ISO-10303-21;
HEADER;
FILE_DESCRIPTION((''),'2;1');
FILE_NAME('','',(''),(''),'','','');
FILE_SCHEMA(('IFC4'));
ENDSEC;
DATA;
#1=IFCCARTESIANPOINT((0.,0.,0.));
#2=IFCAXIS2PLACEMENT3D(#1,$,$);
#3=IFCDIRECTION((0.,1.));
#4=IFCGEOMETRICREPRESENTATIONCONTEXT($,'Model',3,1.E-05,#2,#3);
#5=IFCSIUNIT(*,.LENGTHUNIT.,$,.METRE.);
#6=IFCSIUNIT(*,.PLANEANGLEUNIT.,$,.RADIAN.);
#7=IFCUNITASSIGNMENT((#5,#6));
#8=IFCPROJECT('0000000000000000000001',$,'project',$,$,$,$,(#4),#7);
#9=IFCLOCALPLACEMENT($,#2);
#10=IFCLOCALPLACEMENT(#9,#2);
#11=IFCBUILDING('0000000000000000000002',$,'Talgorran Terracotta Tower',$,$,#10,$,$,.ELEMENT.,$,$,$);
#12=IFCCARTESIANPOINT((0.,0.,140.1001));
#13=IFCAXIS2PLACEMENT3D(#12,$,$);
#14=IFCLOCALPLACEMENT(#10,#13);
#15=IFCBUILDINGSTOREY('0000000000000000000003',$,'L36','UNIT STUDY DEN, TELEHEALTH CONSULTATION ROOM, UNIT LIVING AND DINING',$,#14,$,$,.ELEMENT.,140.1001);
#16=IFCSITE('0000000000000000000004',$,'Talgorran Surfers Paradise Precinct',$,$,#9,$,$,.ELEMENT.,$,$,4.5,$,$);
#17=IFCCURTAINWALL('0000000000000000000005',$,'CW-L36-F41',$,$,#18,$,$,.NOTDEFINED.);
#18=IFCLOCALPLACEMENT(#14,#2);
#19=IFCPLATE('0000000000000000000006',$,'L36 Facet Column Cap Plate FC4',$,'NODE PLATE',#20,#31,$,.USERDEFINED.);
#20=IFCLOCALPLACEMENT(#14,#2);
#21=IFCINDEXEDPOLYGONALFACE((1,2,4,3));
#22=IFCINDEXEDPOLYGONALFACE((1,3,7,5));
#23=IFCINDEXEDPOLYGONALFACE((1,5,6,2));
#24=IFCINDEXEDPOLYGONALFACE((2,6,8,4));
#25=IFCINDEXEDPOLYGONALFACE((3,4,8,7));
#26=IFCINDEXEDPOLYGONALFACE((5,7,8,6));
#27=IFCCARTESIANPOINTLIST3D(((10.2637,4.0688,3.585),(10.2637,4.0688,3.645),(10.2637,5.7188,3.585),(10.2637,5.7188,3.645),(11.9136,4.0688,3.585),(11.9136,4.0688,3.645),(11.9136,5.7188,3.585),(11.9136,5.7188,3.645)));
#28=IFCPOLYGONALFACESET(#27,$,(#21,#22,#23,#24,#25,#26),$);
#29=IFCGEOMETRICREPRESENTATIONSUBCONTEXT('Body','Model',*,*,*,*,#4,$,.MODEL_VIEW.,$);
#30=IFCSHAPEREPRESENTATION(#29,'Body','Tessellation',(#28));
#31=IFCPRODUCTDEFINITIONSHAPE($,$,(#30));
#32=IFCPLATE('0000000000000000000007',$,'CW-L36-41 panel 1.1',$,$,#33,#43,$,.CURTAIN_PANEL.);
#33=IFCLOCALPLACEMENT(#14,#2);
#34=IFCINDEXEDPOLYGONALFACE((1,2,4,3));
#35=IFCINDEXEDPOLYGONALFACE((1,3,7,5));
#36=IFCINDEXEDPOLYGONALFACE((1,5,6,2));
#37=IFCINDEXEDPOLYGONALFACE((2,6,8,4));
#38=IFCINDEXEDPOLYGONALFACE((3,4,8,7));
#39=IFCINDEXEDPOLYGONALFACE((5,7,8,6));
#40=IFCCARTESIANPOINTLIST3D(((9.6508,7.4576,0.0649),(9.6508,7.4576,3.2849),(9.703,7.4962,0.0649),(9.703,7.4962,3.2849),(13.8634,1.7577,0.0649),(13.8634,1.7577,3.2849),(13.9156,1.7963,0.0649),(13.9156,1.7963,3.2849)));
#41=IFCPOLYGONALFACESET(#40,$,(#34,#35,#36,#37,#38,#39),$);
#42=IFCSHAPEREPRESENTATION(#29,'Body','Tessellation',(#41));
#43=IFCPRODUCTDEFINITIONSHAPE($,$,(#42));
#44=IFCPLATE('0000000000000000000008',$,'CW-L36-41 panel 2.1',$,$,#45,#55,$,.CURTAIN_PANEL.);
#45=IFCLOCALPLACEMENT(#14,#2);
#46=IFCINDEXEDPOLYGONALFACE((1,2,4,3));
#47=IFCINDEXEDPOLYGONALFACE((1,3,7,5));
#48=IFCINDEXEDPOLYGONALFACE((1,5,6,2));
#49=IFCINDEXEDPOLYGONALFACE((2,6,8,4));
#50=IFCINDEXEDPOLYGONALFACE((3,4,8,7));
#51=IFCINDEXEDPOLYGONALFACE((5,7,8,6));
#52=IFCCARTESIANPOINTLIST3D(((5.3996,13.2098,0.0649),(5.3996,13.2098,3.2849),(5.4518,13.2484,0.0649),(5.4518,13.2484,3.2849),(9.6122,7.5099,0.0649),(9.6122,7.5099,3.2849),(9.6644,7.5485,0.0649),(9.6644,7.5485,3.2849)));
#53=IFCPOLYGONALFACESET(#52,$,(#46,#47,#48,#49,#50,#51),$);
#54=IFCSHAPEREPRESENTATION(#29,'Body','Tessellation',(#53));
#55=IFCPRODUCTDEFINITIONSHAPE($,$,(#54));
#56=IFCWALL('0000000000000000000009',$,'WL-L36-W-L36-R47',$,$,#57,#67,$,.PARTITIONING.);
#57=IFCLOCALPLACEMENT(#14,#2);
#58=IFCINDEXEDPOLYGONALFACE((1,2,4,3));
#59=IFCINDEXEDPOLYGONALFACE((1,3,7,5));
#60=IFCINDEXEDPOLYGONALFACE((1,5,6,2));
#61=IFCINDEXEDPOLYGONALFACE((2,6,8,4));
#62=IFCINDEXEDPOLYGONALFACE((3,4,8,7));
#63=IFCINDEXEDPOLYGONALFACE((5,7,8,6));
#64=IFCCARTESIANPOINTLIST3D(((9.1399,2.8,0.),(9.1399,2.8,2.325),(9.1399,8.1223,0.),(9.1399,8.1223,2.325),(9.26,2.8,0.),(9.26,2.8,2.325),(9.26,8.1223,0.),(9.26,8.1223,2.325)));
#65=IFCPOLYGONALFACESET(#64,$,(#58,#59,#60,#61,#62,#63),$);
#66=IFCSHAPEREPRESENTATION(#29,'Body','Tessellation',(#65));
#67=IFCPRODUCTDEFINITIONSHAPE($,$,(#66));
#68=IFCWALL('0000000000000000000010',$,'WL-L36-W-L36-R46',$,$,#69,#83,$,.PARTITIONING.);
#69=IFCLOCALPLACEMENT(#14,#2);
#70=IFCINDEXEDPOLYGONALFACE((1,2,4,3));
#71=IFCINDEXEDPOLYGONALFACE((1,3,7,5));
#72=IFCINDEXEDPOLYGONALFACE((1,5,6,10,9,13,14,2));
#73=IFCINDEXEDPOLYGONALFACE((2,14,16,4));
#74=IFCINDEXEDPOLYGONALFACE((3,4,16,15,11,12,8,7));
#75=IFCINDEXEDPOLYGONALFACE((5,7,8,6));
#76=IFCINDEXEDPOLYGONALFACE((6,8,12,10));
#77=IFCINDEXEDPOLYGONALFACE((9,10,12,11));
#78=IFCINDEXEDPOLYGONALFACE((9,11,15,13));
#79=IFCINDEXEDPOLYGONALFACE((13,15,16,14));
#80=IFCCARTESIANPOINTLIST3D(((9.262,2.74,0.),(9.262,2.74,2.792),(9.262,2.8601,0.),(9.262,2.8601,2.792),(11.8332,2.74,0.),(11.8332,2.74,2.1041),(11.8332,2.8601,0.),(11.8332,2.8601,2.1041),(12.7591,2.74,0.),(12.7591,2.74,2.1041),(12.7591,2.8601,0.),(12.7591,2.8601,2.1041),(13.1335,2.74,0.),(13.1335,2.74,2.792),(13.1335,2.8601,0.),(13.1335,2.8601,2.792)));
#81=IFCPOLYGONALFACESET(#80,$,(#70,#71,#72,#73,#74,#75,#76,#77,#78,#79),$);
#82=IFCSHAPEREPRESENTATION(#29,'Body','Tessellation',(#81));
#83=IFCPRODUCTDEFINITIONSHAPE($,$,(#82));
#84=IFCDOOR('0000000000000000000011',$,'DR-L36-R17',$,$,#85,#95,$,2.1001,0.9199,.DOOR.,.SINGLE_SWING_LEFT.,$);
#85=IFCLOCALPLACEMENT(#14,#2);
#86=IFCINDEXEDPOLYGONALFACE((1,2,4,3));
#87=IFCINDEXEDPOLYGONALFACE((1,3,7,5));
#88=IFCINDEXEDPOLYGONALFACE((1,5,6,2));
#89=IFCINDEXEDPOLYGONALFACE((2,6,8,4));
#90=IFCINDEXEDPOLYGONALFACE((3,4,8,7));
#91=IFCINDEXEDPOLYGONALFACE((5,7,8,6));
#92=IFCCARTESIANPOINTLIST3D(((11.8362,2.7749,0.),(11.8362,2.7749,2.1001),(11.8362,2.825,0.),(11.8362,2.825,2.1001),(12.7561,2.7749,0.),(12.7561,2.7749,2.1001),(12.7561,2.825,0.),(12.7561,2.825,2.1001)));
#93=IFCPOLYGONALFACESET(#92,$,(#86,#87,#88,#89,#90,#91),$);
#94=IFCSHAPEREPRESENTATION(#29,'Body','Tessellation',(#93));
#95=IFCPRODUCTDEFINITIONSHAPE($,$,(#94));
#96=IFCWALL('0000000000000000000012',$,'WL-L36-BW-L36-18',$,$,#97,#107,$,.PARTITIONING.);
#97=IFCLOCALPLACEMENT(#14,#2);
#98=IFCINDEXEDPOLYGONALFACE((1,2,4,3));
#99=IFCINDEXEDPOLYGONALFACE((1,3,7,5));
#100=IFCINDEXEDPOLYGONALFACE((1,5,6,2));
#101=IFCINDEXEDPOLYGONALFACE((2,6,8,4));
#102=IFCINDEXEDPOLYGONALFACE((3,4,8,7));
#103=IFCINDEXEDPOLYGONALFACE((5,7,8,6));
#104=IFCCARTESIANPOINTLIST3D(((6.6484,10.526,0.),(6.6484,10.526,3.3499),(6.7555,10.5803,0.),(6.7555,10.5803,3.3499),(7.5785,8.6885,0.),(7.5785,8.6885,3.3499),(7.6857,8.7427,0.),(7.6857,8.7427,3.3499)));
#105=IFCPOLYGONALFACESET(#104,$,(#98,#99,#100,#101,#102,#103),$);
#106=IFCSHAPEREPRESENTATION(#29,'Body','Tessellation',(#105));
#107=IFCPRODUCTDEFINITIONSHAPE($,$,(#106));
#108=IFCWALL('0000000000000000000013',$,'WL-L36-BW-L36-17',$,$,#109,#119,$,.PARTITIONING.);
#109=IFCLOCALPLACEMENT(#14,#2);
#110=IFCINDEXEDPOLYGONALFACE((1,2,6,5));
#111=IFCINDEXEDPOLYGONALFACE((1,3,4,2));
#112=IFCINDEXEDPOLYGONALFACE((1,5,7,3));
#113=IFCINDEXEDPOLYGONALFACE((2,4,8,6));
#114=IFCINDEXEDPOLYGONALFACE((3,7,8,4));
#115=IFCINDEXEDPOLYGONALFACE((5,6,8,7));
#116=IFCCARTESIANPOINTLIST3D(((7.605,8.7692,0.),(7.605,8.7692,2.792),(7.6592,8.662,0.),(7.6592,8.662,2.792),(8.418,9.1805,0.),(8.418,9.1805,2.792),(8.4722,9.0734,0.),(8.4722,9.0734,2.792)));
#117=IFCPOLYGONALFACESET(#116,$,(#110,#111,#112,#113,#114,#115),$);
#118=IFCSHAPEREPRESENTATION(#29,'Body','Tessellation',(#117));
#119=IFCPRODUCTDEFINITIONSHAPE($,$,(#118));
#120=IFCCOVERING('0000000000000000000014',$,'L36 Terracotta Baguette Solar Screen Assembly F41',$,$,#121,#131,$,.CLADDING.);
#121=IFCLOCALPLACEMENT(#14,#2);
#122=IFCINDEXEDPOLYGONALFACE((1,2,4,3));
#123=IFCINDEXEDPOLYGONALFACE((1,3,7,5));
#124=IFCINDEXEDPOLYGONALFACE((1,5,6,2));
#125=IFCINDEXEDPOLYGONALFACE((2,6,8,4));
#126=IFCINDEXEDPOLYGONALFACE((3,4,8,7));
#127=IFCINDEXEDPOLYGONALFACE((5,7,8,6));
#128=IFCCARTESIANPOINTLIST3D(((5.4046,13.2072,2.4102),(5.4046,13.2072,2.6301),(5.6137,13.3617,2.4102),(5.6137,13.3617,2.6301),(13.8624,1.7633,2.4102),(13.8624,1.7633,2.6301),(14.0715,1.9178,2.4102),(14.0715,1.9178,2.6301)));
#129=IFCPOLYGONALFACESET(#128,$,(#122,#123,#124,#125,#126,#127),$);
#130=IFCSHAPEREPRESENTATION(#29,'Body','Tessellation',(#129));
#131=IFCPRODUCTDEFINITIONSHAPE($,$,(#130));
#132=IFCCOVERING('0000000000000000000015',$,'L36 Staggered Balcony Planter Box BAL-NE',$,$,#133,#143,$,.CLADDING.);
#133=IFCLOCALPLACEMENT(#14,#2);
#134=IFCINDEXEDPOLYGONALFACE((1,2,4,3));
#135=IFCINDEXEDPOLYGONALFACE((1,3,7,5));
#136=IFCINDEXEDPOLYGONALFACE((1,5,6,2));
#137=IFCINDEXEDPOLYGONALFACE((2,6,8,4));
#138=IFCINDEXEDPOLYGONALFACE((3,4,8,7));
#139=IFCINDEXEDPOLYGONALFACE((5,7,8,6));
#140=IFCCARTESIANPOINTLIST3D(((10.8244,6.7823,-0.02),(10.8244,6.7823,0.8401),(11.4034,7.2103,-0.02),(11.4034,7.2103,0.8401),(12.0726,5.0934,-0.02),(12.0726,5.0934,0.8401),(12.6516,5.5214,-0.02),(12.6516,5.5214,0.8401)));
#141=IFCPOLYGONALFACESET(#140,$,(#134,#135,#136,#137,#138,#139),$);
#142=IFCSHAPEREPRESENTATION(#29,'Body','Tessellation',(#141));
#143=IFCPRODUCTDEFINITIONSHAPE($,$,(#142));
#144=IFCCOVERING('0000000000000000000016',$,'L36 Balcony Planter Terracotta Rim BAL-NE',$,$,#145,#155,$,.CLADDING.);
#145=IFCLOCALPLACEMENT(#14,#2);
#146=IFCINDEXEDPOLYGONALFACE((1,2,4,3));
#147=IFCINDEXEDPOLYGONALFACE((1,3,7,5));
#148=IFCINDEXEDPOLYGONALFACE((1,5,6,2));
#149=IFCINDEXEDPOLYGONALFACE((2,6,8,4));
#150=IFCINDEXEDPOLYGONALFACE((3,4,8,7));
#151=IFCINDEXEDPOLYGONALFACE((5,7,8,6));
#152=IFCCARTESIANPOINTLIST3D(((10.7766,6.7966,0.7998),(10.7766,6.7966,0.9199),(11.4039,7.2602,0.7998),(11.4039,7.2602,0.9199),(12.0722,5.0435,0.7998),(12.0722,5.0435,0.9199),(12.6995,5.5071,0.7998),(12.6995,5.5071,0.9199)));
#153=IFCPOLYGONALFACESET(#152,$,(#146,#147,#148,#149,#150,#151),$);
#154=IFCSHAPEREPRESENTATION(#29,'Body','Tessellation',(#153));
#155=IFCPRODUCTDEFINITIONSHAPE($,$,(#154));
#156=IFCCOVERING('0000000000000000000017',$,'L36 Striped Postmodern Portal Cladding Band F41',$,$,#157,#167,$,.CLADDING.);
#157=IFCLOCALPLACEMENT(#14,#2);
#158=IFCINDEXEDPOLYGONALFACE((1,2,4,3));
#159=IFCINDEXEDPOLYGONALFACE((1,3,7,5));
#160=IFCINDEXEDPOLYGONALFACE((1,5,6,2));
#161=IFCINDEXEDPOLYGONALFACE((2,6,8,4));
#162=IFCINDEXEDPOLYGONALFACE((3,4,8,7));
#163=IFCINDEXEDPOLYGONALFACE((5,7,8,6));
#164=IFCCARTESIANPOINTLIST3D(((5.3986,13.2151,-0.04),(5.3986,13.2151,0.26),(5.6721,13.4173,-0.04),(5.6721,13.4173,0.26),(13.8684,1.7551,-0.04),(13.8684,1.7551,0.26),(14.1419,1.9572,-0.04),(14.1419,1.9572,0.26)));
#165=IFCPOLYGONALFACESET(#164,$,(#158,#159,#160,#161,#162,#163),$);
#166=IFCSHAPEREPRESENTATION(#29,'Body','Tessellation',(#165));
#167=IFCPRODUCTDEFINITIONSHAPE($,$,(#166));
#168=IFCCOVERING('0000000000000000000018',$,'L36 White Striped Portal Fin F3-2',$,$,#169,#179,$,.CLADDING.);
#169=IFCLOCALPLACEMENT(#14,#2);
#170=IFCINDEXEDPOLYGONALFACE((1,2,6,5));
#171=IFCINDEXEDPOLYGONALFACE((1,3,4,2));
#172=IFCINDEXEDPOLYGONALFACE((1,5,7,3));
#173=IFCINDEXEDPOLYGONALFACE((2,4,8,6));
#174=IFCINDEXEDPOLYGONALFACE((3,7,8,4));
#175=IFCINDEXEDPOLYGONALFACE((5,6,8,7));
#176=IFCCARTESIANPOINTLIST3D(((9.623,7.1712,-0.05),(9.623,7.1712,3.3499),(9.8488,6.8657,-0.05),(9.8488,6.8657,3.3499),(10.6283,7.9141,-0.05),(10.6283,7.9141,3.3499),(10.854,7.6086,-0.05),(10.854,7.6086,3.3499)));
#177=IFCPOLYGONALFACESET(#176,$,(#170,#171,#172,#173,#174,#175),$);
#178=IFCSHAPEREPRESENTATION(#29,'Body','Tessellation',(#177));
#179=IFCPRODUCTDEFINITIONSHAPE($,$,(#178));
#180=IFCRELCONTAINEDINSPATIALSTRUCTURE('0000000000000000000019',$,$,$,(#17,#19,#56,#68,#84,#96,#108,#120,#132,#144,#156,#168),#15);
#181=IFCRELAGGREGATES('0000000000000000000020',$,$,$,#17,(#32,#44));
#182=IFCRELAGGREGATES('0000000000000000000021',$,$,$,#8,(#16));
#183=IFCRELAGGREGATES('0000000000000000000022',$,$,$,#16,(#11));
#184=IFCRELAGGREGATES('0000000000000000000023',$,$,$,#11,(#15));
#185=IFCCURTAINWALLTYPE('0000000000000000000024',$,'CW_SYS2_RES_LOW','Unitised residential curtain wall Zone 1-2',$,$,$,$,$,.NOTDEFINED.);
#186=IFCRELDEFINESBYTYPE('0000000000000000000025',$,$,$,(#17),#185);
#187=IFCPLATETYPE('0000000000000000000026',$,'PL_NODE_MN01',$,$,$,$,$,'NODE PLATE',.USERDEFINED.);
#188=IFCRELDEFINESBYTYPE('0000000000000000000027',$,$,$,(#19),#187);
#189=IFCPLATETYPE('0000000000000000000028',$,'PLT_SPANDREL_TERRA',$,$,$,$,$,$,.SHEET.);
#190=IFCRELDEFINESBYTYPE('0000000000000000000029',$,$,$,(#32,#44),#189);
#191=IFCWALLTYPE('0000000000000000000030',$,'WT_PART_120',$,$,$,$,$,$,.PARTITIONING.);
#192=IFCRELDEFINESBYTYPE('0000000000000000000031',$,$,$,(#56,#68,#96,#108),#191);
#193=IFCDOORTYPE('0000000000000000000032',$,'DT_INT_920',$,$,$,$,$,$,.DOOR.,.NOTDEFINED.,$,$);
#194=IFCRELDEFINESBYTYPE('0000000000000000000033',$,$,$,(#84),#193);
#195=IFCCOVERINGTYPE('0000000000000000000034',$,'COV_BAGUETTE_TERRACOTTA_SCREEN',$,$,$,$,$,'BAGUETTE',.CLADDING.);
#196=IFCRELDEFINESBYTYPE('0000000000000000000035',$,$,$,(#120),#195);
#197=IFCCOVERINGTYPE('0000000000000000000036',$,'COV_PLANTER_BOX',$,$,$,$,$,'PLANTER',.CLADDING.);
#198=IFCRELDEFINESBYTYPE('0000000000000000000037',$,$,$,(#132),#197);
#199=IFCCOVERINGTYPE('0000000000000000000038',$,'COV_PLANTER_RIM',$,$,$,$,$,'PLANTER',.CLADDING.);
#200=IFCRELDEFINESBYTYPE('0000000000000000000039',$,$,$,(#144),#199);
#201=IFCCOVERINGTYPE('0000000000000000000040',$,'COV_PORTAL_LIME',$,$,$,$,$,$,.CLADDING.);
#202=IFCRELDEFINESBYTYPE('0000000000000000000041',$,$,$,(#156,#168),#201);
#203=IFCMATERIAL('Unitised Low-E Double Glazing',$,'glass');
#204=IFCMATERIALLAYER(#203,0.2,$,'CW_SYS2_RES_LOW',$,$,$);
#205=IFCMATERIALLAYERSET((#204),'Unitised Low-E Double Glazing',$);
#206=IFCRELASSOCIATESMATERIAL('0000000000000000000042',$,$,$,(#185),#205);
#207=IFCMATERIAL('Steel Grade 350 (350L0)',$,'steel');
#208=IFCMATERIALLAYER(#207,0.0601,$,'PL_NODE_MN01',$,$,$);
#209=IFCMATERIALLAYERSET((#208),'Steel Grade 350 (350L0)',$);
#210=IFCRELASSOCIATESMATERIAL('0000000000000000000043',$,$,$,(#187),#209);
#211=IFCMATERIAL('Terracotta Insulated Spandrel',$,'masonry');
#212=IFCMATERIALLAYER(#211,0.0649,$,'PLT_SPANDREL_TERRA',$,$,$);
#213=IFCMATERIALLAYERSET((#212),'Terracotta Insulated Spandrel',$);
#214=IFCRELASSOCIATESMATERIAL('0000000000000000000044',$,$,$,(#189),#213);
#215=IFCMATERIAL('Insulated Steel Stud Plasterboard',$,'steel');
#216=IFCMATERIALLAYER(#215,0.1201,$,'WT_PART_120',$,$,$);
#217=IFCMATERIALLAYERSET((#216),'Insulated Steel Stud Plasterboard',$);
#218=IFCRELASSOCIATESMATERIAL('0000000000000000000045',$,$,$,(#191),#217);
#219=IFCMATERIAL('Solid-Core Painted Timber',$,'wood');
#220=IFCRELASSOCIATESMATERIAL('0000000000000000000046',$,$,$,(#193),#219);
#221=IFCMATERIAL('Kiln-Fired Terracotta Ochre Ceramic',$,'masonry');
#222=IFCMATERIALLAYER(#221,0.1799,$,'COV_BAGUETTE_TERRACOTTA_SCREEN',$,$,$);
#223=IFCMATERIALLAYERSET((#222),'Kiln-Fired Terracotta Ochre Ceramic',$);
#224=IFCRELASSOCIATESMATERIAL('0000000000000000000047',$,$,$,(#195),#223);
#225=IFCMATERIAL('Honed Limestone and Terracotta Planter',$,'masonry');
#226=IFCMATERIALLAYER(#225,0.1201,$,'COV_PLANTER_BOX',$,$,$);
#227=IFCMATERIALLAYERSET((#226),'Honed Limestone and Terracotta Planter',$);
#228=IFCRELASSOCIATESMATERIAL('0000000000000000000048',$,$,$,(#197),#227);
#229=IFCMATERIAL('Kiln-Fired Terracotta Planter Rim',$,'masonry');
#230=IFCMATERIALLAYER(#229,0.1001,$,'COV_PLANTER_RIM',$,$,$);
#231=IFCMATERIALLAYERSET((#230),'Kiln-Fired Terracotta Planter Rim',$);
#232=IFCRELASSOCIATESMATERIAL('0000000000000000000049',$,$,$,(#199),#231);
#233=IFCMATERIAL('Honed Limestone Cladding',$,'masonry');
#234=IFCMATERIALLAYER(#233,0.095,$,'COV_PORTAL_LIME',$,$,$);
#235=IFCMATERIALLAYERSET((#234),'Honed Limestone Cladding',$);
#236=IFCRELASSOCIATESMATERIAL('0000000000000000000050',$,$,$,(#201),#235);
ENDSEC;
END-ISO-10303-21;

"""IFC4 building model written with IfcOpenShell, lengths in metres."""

from ifc_helpers import new_model, si_unit, direction, frame, frame_2d, origin, origin_2d, place, context, subcontext, project, spatial, rectangle, extrude, source, transform, mapped, material, layer, layer_set, type_object, type_shapes, element, fill, aggregate, save


model = new_model("IFC4")

# Units and contexts
model_context = context("Model", 3, precision=1e-05, world=origin(), true_north=direction((0.0, 1.0)))
body_context = subcontext(model_context, "Body", "Model", "MODEL_VIEW")
ifc_project = project(units=[si_unit("LENGTHUNIT", "METRE"), si_unit("PLANEANGLEUNIT", "RADIAN")], contexts=[model_context])

# Site, building, storey
site_placement = place(None, origin())
site = spatial("IfcSite", under=ifc_project, at=site_placement, Name="Talgorran Surfers Paradise Precinct", CompositionType="ELEMENT", RefElevation=4.5)
building_placement = place(site_placement, origin())
building = spatial("IfcBuilding", under=site, at=building_placement, Name="Talgorran Terracotta Tower", CompositionType="ELEMENT")
storey_placement = place(building_placement, frame((0.0, 0.0, 140.1001)))
storey = spatial("IfcBuildingStorey", under=building, at=storey_placement, Name="L36", Description="UNIT STUDY DEN, TELEHEALTH CONSULTATION ROOM, UNIT LIVING AND DINING", CompositionType="ELEMENT", Elevation=140.1001)

# Shared definitions
ifc_material_1 = material(Name="Steel Grade 350 (350L0)", Category="steel")

# Curtain wall
ifc_material_2 = material(Name="Unitised Low-E Double Glazing", Category="glass")
ifc_layer_1 = layer(ifc_material_2, 0.2, Name="CW_SYS2_RES_LOW")
ifc_layer_set_1 = layer_set([ifc_layer_1], Name="Unitised Low-E Double Glazing")
curtain_wall_type = type_object("IfcCurtainWallType", Name="CW_SYS2_RES_LOW", Description="Unitised residential curtain wall Zone 1-2", PredefinedType="NOTDEFINED", material=ifc_layer_set_1)
curtain_wall_placement = place(storey_placement, origin())
curtain_wall = element("IfcCurtainWall", 1, at=curtain_wall_placement, inside=storey, type_object=curtain_wall_type, Name="CW-L36-F41", PredefinedType="NOTDEFINED")

# Plate
ifc_layer_2 = layer(ifc_material_1, 0.0601, Name="PL_NODE_MN01")
ifc_layer_set_2 = layer_set([ifc_layer_2], Name="Steel Grade 350 (350L0)")
plate_type_1 = type_object("IfcPlateType", Name="PL_NODE_MN01", ElementType="NODE PLATE", PredefinedType="USERDEFINED", material=ifc_layer_set_2)
plate_1_placement = place(storey_placement, frame((11.0886, 4.8938, 3.585), z_axis=(0.0, 0.0, 1.0), x_axis=(1.0, 0.0, 0.0)))
element("IfcPlate", 2, at=plate_1_placement, inside=storey, type_object=plate_type_1, Name="L36 Facet Column Cap Plate FC4", ObjectType="NODE PLATE", PredefinedType="USERDEFINED", context=body_context, shape_type="SweptSolid", body=[
    extrude(rectangle(XDim=1.6499, YDim=1.6499, at=origin_2d()), origin(), (0.0, 0.0, 1.0), 0.0601),
])

# Plates
ifc_material_3 = material(Name="Terracotta Insulated Spandrel", Category="masonry")
ifc_layer_3 = layer(ifc_material_3, 0.0649, Name="PLT_SPANDREL_TERRA")
ifc_layer_set_3 = layer_set([ifc_layer_3], Name="Terracotta Insulated Spandrel")
plate_type_2 = type_object("IfcPlateType", Name="PLT_SPANDREL_TERRA", PredefinedType="SHEET", material=ifc_layer_set_3)
shared_shape = source(origin(), body_context, "Body", "SweptSolid", [
    extrude(rectangle(XDim=7.0876, YDim=0.0649, at=origin_2d()), origin(), (0.0, 0.0, 1.0), 3.22),
])
type_shapes(plate_type_2, [shared_shape])
plate_2_placement = place(storey_placement, frame((11.7832, 4.627, 0.0649), z_axis=(0.0, 0.0, 1.0), x_axis=(-0.594357, 0.804201, 0.0)))
plate_2 = element("IfcPlate", 3, at=plate_2_placement, type_object=plate_type_2, Name="CW-L36-41 panel 1.1", PredefinedType="CURTAIN_PANEL", context=body_context, shape_type="MappedRepresentation", body=[
    mapped(shared_shape, transform((0.0, 0.0, 0.0), scale=1.0)),
])
plate_3_placement = place(storey_placement, frame((7.532, 10.3792, 0.0649), z_axis=(0.0, 0.0, 1.0), x_axis=(-0.594357, 0.804201, 0.0)))
plate_3 = element("IfcPlate", 4, at=plate_3_placement, type_object=plate_type_2, Name="CW-L36-41 panel 2.1", PredefinedType="CURTAIN_PANEL", context=body_context, shape_type="MappedRepresentation", body=[
    mapped(shared_shape, transform((0.0, 0.0, 0.0), scale=1.0)),
])
aggregate(curtain_wall, [plate_2, plate_3])

# Wall
ifc_material_4 = material(Name="Insulated Steel Stud Plasterboard", Category="steel")
ifc_layer_4 = layer(ifc_material_4, 0.1201, Name="WT_PART_120")
ifc_layer_set_4 = layer_set([ifc_layer_4], Name="Insulated Steel Stud Plasterboard")
wall_type = type_object("IfcWallType", Name="WT_PART_120", PredefinedType="PARTITIONING", material=ifc_layer_set_4)
wall_1_placement = place(storey_placement, frame((9.2, 2.8, 0.0), z_axis=(0.0, 0.0, 1.0), x_axis=(0.0, 1.0, 0.0)))
element("IfcWall", 5, at=wall_1_placement, inside=storey, type_object=wall_type, Name="WL-L36-W-L36-R47", PredefinedType="PARTITIONING", context=body_context, shape_type="SweptSolid", body=[
    extrude(rectangle(XDim=5.3223, YDim=0.1201, at=frame_2d((2.6611, 0.0))), origin(), (0.0, 0.0, 1.0), 2.325),
])

# Wall, opening, door
wall_2_placement = place(storey_placement, frame((9.262, 2.8, 0.0), z_axis=(0.0, 0.0, 1.0), x_axis=(1.0, 0.0, 0.0)))
wall_2 = element("IfcWall", 6, at=wall_2_placement, inside=storey, type_object=wall_type, Name="WL-L36-W-L36-R46", PredefinedType="PARTITIONING", context=body_context, shape_type="SweptSolid", body=[
    extrude(rectangle(XDim=3.8716, YDim=0.1201, at=frame_2d((1.9358, 0.0))), origin(), (0.0, 0.0, 1.0), 2.792),
])
opening_placement = place(wall_2_placement, frame((2.5742, 0.0, 0.0)))
opening = element("IfcOpeningElement", 7, at=opening_placement, cuts=wall_2, PredefinedType="OPENING", context=body_context, shape_type="SweptSolid", body=[
    extrude(rectangle(XDim=0.9259, YDim=2.1041, at=frame_2d((0.46, 1.052))), frame((0.0, 0.0701, 0.0), z_axis=(0.0, -1.0, 0.0), x_axis=(1.0, 0.0, 0.0)), (0.0, 0.0, 1.0), 0.1401),
])
ifc_material_5 = material(Name="Solid-Core Painted Timber", Category="wood")
door_type = type_object("IfcDoorType", Name="DT_INT_920", OperationType="NOTDEFINED", PredefinedType="DOOR", material=ifc_material_5)
door_placement = place(opening_placement, origin())
door = element("IfcDoor", 8, at=door_placement, inside=storey, type_object=door_type, Name="DR-L36-R17", OperationType="SINGLE_SWING_LEFT", OverallHeight=2.1001, OverallWidth=0.9199, PredefinedType="DOOR", context=body_context, shape_type="SweptSolid", body=[
    extrude(rectangle(XDim=0.9199, YDim=2.1001, at=frame_2d((0.46, 1.05))), frame((0.0, 0.0249, 0.0), z_axis=(0.0, -1.0, 0.0), x_axis=(1.0, 0.0, 0.0)), (0.0, 0.0, 1.0), 0.05),
])
fill(opening, door)

# Walls
wall_3_placement = place(storey_placement, frame((7.6321, 8.7156, 0.0), z_axis=(0.0, 0.0, 1.0), x_axis=(-0.451618, 0.892212, 0.0)))
element("IfcWall", 9, at=wall_3_placement, inside=storey, type_object=wall_type, Name="WL-L36-BW-L36-18", PredefinedType="PARTITIONING", context=body_context, shape_type="SweptSolid", body=[
    extrude(rectangle(XDim=2.0596, YDim=0.1201, at=frame_2d((1.0298, 0.0))), origin(), (0.0, 0.0, 1.0), 3.3499),
])
wall_4_placement = place(storey_placement, frame((8.4451, 9.127, 0.0), z_axis=(0.0, 0.0, 1.0), x_axis=(-0.892273, -0.451496, 0.0)))
element("IfcWall", 10, at=wall_4_placement, inside=storey, type_object=wall_type, Name="WL-L36-BW-L36-17", PredefinedType="PARTITIONING", context=body_context, shape_type="SweptSolid", body=[
    extrude(rectangle(XDim=0.9111, YDim=0.1201, at=frame_2d((0.4556, 0.0))), origin(), (0.0, 0.0, 1.0), 2.792),
])

# Coverings
ifc_material_6 = material(Name="Kiln-Fired Terracotta Ochre Ceramic", Category="masonry")
ifc_layer_5 = layer(ifc_material_6, 0.1799, Name="COV_BAGUETTE_TERRACOTTA_SCREEN")
ifc_layer_set_5 = layer_set([ifc_layer_5], Name="Kiln-Fired Terracotta Ochre Ceramic")
covering_type_1 = type_object("IfcCoveringType", Name="COV_BAGUETTE_TERRACOTTA_SCREEN", ElementType="BAGUETTE", PredefinedType="CLADDING", material=ifc_layer_set_5)
covering_1_placement = place(storey_placement, frame((9.738, 7.5625, 2.4102), z_axis=(0.0, 0.0, 1.0), x_axis=(-0.59436, 0.804199, 0.0)))
element("IfcCovering", 11, at=covering_1_placement, inside=storey, type_object=covering_type_1, Name="L36 Terracotta Baguette Solar Screen Assembly F41", PredefinedType="CLADDING", context=body_context, shape_type="SweptSolid", body=[
    extrude(rectangle(XDim=14.2302, YDim=0.26, at=origin_2d()), origin(), (0.0, 0.0, 1.0), 0.22),
])
ifc_material_7 = material(Name="Honed Limestone and Terracotta Planter", Category="masonry")
ifc_layer_6 = layer(ifc_material_7, 0.1201, Name="COV_PLANTER_BOX")
ifc_layer_set_6 = layer_set([ifc_layer_6], Name="Honed Limestone and Terracotta Planter")
covering_type_2 = type_object("IfcCoveringType", Name="COV_PLANTER_BOX", ElementType="PLANTER", PredefinedType="CLADDING", material=ifc_layer_set_6)
covering_2_placement = place(storey_placement, frame((11.738, 6.1519, -0.02), z_axis=(0.0, 0.0, 1.0), x_axis=(-0.59436, 0.804199, 0.0)))
element("IfcCovering", 12, at=covering_2_placement, inside=storey, type_object=covering_type_2, Name="L36 Staggered Balcony Planter Box BAL-NE", PredefinedType="CLADDING", context=body_context, shape_type="SweptSolid", body=[
    extrude(rectangle(XDim=2.1001, YDim=0.72, at=origin_2d()), origin(), (0.0, 0.0, 1.0), 0.8601),
])
ifc_material_8 = material(Name="Kiln-Fired Terracotta Planter Rim", Category="masonry")
ifc_layer_7 = layer(ifc_material_8, 0.1001, Name="COV_PLANTER_RIM")
ifc_layer_set_7 = layer_set([ifc_layer_7], Name="Kiln-Fired Terracotta Planter Rim")
covering_type_3 = type_object("IfcCoveringType", Name="COV_PLANTER_RIM", ElementType="PLANTER", PredefinedType="CLADDING", material=ifc_layer_set_7)
covering_3_placement = place(storey_placement, frame((11.738, 6.1519, 0.7998), z_axis=(0.0, 0.0, 1.0), x_axis=(-0.59436, 0.804199, 0.0)))
element("IfcCovering", 13, at=covering_3_placement, inside=storey, type_object=covering_type_3, Name="L36 Balcony Planter Terracotta Rim BAL-NE", PredefinedType="CLADDING", context=body_context, shape_type="SweptSolid", body=[
    extrude(rectangle(XDim=2.1799, YDim=0.78, at=origin_2d()), origin(), (0.0, 0.0, 1.0), 0.1201),
])
ifc_material_9 = material(Name="Honed Limestone Cladding", Category="masonry")
ifc_layer_8 = layer(ifc_material_9, 0.095, Name="COV_PORTAL_LIME")
ifc_layer_set_8 = layer_set([ifc_layer_8], Name="Honed Limestone Cladding")
covering_type_4 = type_object("IfcCoveringType", Name="COV_PORTAL_LIME", PredefinedType="CLADDING", material=ifc_layer_set_8)
covering_4_placement = place(storey_placement, frame((9.7703, 7.5862, -0.04), z_axis=(0.0, 0.0, 1.0), x_axis=(-0.59436, 0.804199, 0.0)))
element("IfcCovering", 14, at=covering_4_placement, inside=storey, type_object=covering_type_4, Name="L36 Striped Postmodern Portal Cladding Band F41", PredefinedType="CLADDING", context=body_context, shape_type="SweptSolid", body=[
    extrude(rectangle(XDim=14.2502, YDim=0.3401, at=origin_2d()), origin(), (0.0, 0.0, 1.0), 0.3),
])
covering_5_placement = place(storey_placement, frame((10.2385, 7.3899, -0.05), z_axis=(0.0, 0.0, 1.0), x_axis=(-0.59436, 0.804199, 0.0)))
element("IfcCovering", 15, at=covering_5_placement, inside=storey, type_object=covering_type_4, Name="L36 White Striped Portal Fin F3-2", PredefinedType="CLADDING", context=body_context, shape_type="SweptSolid", body=[
    extrude(rectangle(XDim=0.3799, YDim=1.25, at=origin_2d()), origin(), (0.0, 0.0, 1.0), 3.3999),
])

save(model, "model.ifc")
